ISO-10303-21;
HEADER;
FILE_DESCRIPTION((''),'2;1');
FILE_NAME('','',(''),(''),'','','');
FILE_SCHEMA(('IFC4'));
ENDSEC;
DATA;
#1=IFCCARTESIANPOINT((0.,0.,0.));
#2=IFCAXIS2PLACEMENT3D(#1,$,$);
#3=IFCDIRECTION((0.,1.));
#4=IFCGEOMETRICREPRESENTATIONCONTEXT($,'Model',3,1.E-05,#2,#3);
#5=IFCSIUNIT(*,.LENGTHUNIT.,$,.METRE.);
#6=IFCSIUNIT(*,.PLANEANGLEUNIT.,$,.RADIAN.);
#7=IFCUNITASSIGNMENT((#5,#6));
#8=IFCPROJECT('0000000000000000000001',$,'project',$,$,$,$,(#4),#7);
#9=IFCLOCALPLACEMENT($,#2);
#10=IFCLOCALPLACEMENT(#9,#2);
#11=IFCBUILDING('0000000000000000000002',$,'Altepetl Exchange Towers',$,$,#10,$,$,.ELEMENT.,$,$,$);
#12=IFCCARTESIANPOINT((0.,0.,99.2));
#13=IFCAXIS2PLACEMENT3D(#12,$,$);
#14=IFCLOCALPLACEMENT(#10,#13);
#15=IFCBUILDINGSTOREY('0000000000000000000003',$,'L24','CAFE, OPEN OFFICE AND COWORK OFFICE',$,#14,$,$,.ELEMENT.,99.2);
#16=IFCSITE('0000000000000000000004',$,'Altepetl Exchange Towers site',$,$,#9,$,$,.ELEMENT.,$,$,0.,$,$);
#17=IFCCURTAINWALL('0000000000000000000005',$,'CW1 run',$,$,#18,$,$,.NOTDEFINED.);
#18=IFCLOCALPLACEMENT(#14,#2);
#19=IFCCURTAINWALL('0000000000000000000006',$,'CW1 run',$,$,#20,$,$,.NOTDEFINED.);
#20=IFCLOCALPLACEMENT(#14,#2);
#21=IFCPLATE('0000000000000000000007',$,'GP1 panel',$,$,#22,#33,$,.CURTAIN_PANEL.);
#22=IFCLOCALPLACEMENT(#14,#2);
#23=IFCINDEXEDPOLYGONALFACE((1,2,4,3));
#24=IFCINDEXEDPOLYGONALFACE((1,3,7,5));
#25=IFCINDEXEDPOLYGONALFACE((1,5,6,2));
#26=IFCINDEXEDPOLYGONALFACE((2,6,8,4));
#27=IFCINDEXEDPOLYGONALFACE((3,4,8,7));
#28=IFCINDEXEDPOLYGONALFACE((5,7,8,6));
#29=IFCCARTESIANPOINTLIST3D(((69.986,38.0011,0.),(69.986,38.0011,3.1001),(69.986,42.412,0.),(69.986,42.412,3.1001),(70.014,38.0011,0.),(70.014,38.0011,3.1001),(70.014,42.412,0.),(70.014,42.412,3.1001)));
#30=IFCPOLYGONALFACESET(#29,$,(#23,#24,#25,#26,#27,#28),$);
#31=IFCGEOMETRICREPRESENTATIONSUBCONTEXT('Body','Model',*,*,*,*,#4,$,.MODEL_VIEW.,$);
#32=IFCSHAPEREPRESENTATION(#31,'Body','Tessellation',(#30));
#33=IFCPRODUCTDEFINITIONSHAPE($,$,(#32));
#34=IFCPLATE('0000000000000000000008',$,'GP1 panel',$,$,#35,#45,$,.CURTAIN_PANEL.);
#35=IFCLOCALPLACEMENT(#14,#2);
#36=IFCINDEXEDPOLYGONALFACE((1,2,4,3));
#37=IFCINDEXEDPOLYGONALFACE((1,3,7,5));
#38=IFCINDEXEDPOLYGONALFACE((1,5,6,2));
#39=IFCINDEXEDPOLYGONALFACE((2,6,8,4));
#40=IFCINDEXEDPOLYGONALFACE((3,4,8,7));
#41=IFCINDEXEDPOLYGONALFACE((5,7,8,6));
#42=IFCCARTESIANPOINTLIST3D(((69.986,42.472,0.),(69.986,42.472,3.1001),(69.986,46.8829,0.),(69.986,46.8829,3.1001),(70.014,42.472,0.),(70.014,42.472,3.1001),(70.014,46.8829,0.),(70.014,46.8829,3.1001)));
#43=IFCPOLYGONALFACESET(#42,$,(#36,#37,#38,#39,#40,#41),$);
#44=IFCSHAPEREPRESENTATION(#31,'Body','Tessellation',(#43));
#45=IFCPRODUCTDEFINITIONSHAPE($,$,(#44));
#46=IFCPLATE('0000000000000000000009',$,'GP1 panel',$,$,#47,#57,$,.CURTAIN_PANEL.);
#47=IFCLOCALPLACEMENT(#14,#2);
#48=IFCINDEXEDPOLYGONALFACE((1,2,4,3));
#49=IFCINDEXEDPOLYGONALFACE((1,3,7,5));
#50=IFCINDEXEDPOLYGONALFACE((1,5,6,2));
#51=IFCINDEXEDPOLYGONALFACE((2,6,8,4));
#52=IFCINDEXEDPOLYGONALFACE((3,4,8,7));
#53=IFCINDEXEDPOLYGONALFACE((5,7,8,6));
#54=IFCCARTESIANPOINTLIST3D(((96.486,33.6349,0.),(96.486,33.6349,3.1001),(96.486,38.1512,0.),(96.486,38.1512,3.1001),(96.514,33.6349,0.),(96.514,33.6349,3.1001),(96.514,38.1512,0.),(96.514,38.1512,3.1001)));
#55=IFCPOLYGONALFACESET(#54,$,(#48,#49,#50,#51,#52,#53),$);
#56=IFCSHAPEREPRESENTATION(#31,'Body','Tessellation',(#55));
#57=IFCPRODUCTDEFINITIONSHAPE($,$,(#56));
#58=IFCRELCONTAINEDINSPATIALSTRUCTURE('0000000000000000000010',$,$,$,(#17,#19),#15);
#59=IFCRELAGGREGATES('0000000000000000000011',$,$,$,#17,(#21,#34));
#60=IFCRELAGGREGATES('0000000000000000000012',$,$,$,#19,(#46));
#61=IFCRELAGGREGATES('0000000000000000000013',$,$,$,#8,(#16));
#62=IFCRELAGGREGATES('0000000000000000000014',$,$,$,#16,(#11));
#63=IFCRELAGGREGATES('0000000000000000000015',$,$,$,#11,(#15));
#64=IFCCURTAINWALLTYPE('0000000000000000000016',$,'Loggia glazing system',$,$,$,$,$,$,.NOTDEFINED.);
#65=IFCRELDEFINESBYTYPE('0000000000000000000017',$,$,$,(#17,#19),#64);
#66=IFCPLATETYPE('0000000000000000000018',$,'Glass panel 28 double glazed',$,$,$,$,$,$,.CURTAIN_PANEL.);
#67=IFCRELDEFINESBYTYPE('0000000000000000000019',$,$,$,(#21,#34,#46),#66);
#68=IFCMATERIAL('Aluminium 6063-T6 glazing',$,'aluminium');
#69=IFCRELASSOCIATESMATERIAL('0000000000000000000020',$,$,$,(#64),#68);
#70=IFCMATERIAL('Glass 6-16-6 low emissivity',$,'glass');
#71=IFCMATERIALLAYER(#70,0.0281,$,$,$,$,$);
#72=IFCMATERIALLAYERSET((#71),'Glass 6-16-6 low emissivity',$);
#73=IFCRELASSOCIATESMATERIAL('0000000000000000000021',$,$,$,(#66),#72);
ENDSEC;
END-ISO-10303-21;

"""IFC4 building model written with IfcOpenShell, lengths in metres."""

from ifc_helpers import new_model, si_unit, direction, frame, origin, origin_2d, place, context, subcontext, project, spatial, rectangle, extrude, material, layer, layer_set, type_object, element, aggregate, save


model = new_model("IFC4")

# Units and contexts
model_context = context("Model", 3, precision=1e-05, world=origin(), true_north=direction((0.0, 1.0)))
body_context = subcontext(model_context, "Body", "Model", "MODEL_VIEW")
ifc_project = project(units=[si_unit("LENGTHUNIT", "METRE"), si_unit("PLANEANGLEUNIT", "RADIAN")], contexts=[model_context])

# Site, building, storey
site_placement = place(None, origin())
site = spatial("IfcSite", under=ifc_project, at=site_placement, Name="Altepetl Exchange Towers site", CompositionType="ELEMENT", RefElevation=0.0)
building_placement = place(site_placement, origin())
building = spatial("IfcBuilding", under=site, at=building_placement, Name="Altepetl Exchange Towers", CompositionType="ELEMENT")
storey_placement = place(building_placement, frame((0.0, 0.0, 99.2)))
storey = spatial("IfcBuildingStorey", under=building, at=storey_placement, Name="L24", Description="CAFE, OPEN OFFICE AND COWORK OFFICE", CompositionType="ELEMENT", Elevation=99.2)

# Shared definitions
ifc_material_1 = material(Name="Aluminium 6063-T6 glazing", Category="aluminium")
curtain_wall_type = type_object("IfcCurtainWallType", Name="Loggia glazing system", PredefinedType="NOTDEFINED", material=ifc_material_1)

# Curtain wall
curtain_wall_1_placement = place(storey_placement, origin())
curtain_wall_1 = element("IfcCurtainWall", 1, at=curtain_wall_1_placement, inside=storey, type_object=curtain_wall_type, Name="CW1 run", PredefinedType="NOTDEFINED")

# Curtain wall
curtain_wall_2_placement = place(storey_placement, origin())
curtain_wall_2 = element("IfcCurtainWall", 2, at=curtain_wall_2_placement, inside=storey, type_object=curtain_wall_type, Name="CW1 run", PredefinedType="NOTDEFINED")

# Plates
ifc_material_2 = material(Name="Glass 6-16-6 low emissivity", Category="glass")
ifc_layer = layer(ifc_material_2, 0.0281)
ifc_layer_set = layer_set([ifc_layer], Name="Glass 6-16-6 low emissivity")
plate_type = type_object("IfcPlateType", Name="Glass panel 28 double glazed", PredefinedType="CURTAIN_PANEL", material=ifc_layer_set)
plate_1_placement = place(storey_placement, frame((70.0, 40.2065, 0.0), z_axis=(0.0, 0.0, 1.0), x_axis=(0.0, 1.0, 0.0)))
plate_1 = element("IfcPlate", 3, at=plate_1_placement, type_object=plate_type, Name="GP1 panel", PredefinedType="CURTAIN_PANEL", context=body_context, shape_type="SweptSolid", body=[
    extrude(rectangle(XDim=4.4109, YDim=0.0281, at=origin_2d()), origin(), (0.0, 0.0, 1.0), 3.1001),
])
plate_2_placement = place(storey_placement, frame((70.0, 44.6775, 0.0), z_axis=(0.0, 0.0, 1.0), x_axis=(0.0, 1.0, 0.0)))
plate_2 = element("IfcPlate", 4, at=plate_2_placement, type_object=plate_type, Name="GP1 panel", PredefinedType="CURTAIN_PANEL", context=body_context, shape_type="SweptSolid", body=[
    extrude(rectangle(XDim=4.4109, YDim=0.0281, at=origin_2d()), origin(), (0.0, 0.0, 1.0), 3.1001),
])
aggregate(curtain_wall_1, [plate_1, plate_2])
plate_3_placement = place(storey_placement, frame((96.5, 35.8931, 0.0), z_axis=(0.0, 0.0, 1.0), x_axis=(0.0, -1.0, 0.0)))
plate_3 = element("IfcPlate", 5, at=plate_3_placement, type_object=plate_type, Name="GP1 panel", PredefinedType="CURTAIN_PANEL", context=body_context, shape_type="SweptSolid", body=[
    extrude(rectangle(XDim=4.5164, YDim=0.0281, at=origin_2d()), origin(), (0.0, 0.0, 1.0), 3.1001),
])
aggregate(curtain_wall_2, [plate_3])

save(model, "model.ifc")
